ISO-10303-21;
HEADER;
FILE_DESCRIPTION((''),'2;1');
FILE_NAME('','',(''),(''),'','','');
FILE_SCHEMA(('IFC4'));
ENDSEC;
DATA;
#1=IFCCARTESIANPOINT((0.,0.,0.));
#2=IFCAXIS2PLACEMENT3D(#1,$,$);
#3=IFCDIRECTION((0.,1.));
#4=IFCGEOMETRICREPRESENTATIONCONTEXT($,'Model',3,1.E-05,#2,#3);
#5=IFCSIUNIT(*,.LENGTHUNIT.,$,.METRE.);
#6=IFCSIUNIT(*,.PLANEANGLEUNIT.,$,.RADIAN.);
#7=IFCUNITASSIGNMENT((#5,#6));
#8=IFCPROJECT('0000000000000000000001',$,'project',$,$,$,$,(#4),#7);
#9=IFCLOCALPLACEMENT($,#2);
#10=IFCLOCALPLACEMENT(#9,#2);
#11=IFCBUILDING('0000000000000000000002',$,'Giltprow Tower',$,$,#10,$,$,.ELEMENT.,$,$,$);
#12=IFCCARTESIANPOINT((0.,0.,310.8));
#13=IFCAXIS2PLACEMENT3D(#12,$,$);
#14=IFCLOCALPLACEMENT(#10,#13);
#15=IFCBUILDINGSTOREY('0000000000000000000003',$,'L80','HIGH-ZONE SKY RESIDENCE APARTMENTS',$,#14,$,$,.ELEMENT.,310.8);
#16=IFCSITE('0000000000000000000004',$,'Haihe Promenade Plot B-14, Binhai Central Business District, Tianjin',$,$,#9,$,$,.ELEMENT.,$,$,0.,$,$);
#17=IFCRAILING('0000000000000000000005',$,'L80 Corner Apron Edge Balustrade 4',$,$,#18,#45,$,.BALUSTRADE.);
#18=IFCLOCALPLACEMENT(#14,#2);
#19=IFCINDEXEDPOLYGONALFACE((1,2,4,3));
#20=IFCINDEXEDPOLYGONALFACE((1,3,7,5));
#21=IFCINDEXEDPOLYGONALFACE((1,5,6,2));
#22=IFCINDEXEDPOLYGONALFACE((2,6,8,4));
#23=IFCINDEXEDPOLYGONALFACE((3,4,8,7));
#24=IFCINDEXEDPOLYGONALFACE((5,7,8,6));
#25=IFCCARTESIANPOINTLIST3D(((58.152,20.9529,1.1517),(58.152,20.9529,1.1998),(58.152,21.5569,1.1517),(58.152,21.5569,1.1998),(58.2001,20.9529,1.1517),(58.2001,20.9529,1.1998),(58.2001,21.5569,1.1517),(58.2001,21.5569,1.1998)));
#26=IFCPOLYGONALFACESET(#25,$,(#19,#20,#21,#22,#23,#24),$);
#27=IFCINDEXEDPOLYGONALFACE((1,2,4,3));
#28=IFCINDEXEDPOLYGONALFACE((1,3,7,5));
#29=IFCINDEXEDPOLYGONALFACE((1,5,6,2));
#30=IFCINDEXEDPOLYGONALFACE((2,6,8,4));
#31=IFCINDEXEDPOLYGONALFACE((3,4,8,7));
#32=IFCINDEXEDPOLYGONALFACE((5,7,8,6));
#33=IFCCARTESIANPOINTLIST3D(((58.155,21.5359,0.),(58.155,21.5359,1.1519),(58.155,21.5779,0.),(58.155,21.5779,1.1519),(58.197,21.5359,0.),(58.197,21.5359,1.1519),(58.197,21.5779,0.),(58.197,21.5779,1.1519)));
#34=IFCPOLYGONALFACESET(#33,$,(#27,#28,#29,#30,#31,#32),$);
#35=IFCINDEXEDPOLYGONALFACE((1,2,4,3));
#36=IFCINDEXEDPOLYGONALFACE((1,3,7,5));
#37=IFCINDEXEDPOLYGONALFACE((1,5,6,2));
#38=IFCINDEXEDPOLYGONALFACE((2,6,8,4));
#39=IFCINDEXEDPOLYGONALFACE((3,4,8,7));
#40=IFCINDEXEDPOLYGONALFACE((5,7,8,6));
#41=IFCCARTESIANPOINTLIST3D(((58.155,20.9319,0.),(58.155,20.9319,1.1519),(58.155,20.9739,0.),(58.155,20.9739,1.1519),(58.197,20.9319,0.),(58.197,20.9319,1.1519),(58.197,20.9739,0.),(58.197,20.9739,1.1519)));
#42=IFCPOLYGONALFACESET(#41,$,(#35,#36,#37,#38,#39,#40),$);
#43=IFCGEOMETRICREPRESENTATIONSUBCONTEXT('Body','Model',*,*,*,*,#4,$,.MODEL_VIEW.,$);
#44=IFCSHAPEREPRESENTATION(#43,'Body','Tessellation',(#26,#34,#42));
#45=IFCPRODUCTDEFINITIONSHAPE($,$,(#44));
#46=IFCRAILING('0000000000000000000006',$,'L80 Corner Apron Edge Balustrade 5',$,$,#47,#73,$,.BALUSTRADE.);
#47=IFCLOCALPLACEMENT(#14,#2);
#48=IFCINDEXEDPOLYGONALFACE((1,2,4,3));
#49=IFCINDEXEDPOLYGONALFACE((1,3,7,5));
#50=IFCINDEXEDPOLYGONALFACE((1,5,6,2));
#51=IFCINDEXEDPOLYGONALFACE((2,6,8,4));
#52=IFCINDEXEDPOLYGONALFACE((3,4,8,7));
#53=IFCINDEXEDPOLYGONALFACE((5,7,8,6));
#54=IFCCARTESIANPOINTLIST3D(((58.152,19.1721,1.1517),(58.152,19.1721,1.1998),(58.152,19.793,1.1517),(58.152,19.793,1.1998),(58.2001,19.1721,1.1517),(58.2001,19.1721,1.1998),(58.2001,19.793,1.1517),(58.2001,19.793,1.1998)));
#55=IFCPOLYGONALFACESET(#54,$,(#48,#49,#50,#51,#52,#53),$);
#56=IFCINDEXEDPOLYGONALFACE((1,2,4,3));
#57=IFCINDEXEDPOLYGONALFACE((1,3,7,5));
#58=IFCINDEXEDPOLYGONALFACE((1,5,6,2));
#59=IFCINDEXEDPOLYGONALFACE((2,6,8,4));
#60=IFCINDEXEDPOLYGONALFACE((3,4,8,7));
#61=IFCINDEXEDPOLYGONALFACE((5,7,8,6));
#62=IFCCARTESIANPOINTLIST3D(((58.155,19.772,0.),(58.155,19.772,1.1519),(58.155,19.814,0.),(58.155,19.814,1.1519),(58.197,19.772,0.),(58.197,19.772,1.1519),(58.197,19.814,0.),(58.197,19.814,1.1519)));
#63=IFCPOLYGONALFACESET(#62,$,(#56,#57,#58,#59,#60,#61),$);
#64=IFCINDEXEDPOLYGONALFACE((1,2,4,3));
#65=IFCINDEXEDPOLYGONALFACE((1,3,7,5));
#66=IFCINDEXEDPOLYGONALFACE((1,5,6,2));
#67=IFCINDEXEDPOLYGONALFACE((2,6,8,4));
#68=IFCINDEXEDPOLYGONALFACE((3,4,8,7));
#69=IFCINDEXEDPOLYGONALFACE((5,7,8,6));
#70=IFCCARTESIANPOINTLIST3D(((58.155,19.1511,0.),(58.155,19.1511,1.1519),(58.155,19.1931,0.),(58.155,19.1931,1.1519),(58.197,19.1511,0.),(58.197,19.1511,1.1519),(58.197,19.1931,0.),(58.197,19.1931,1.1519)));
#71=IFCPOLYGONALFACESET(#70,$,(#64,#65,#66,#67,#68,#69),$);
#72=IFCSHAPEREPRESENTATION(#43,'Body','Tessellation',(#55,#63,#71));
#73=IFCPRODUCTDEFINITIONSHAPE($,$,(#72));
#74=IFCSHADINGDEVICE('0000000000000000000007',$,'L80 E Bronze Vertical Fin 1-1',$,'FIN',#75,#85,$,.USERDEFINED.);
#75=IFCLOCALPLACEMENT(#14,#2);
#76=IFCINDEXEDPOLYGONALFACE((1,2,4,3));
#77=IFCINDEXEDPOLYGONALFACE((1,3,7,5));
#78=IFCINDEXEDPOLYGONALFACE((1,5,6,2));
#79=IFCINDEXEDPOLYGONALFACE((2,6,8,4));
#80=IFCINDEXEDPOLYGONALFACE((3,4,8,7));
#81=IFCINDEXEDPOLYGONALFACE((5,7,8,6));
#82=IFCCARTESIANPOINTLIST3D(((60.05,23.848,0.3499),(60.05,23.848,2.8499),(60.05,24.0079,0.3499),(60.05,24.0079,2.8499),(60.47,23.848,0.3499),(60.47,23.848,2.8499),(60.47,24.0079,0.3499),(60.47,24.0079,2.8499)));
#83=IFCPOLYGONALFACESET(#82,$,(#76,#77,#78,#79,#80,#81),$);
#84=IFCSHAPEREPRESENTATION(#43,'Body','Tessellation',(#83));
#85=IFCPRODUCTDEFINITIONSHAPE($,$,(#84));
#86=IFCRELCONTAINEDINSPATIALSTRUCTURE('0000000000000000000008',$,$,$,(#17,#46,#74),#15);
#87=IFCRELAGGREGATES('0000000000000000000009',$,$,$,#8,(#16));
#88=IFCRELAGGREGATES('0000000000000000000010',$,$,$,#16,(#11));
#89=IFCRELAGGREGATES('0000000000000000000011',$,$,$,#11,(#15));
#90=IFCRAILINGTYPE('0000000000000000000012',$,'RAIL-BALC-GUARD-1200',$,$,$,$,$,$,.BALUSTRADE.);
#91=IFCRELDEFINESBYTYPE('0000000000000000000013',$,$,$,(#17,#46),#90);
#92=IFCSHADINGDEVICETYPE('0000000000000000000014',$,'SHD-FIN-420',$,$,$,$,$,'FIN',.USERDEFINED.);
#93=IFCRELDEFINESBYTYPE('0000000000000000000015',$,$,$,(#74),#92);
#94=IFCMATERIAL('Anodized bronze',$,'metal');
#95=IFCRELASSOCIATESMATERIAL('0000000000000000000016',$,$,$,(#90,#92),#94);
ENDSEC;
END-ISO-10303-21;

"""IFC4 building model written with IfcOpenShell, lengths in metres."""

from ifc_helpers import new_model, si_unit, direction, frame, origin, origin_2d, place, context, subcontext, project, spatial, rectangle, extrude, source, transform, mapped, material, type_object, element, save


model = new_model("IFC4")

# Units and contexts
model_context = context("Model", 3, precision=1e-05, world=origin(), true_north=direction((0.0, 1.0)))
body_context = subcontext(model_context, "Body", "Model", "MODEL_VIEW")
ifc_project = project(units=[si_unit("LENGTHUNIT", "METRE"), si_unit("PLANEANGLEUNIT", "RADIAN")], contexts=[model_context])

# Site, building, storey
site_placement = place(None, origin())
site = spatial("IfcSite", under=ifc_project, at=site_placement, Name="Haihe Promenade Plot B-14, Binhai Central Business District, Tianjin", CompositionType="ELEMENT", RefElevation=0.0)
building_placement = place(site_placement, origin())
building = spatial("IfcBuilding", under=site, at=building_placement, Name="Giltprow Tower", CompositionType="ELEMENT")
storey_placement = place(building_placement, frame((0.0, 0.0, 310.8)))
storey = spatial("IfcBuildingStorey", under=building, at=storey_placement, Name="L80", Description="HIGH-ZONE SKY RESIDENCE APARTMENTS", CompositionType="ELEMENT", Elevation=310.8)

# Shared definitions
ifc_material_1 = material(Name="Anodized bronze", Category="metal")

# Railings
railing_type = type_object("IfcRailingType", Name="RAIL-BALC-GUARD-1200", PredefinedType="BALUSTRADE", material=ifc_material_1)
railing_1_placement = place(storey_placement, frame((58.176, 21.5569, 0.0)))
element("IfcRailing", 1, at=railing_1_placement, inside=storey, type_object=railing_type, Name="L80 Corner Apron Edge Balustrade 4", PredefinedType="BALUSTRADE", context=body_context, shape_type="SweptSolid", body=[
    extrude(rectangle(XDim=0.0481, YDim=0.0481, at=origin_2d()), frame((0.0, 0.0, 1.1758), z_axis=(0.0, -1.0, 0.0), x_axis=(1.0, 0.0, 0.0)), (0.0, 0.0, 1.0), 0.604),
    extrude(rectangle(XDim=0.042, YDim=0.042, at=origin_2d()), origin(), (0.0, 0.0, 1.0), 1.1519),
    extrude(rectangle(XDim=0.042, YDim=0.042, at=origin_2d()), frame((0.0, -0.604, 0.0)), (0.0, 0.0, 1.0), 1.1519),
])
railing_2_placement = place(storey_placement, frame((58.176, 19.793, 0.0)))
element("IfcRailing", 2, at=railing_2_placement, inside=storey, type_object=railing_type, Name="L80 Corner Apron Edge Balustrade 5", PredefinedType="BALUSTRADE", context=body_context, shape_type="SweptSolid", body=[
    extrude(rectangle(XDim=0.0481, YDim=0.0481, at=origin_2d()), frame((0.0, 0.0, 1.1758), z_axis=(0.0, -1.0, 0.0), x_axis=(1.0, 0.0, 0.0)), (0.0, 0.0, 1.0), 0.6208),
    extrude(rectangle(XDim=0.042, YDim=0.042, at=origin_2d()), origin(), (0.0, 0.0, 1.0), 1.1519),
    extrude(rectangle(XDim=0.042, YDim=0.042, at=origin_2d()), frame((0.0, -0.6208, 0.0)), (0.0, 0.0, 1.0), 1.1519),
])

# Shading device
shading_device_type = type_object("IfcShadingDeviceType", Name="SHD-FIN-420", ElementType="FIN", PredefinedType="USERDEFINED", material=ifc_material_1)
shared_shape_1 = source(origin(), body_context, "Body", "SweptSolid", [
    extrude(rectangle(XDim=0.4199, YDim=0.1599, at=origin_2d()), origin(), (0.0, 0.0, 1.0), 2.5),
])
shading_device_placement = place(storey_placement, frame((60.26, 23.928, 0.3499), z_axis=(0.0, 0.0, 1.0), x_axis=(1.0, 0.0, 0.0)))
element("IfcShadingDevice", 3, at=shading_device_placement, inside=storey, type_object=shading_device_type, Name="L80 E Bronze Vertical Fin 1-1", ObjectType="FIN", PredefinedType="USERDEFINED", context=body_context, shape_type="MappedRepresentation", body=[
    mapped(shared_shape_1, transform((0.0, 0.0, 0.0), x_axis=(1.0, 0.0, 0.0), y_axis=(0.0, 1.0, 0.0), z_axis=(0.0, 0.0, 1.0), scale=1.0)),
])

save(model, "model.ifc")
